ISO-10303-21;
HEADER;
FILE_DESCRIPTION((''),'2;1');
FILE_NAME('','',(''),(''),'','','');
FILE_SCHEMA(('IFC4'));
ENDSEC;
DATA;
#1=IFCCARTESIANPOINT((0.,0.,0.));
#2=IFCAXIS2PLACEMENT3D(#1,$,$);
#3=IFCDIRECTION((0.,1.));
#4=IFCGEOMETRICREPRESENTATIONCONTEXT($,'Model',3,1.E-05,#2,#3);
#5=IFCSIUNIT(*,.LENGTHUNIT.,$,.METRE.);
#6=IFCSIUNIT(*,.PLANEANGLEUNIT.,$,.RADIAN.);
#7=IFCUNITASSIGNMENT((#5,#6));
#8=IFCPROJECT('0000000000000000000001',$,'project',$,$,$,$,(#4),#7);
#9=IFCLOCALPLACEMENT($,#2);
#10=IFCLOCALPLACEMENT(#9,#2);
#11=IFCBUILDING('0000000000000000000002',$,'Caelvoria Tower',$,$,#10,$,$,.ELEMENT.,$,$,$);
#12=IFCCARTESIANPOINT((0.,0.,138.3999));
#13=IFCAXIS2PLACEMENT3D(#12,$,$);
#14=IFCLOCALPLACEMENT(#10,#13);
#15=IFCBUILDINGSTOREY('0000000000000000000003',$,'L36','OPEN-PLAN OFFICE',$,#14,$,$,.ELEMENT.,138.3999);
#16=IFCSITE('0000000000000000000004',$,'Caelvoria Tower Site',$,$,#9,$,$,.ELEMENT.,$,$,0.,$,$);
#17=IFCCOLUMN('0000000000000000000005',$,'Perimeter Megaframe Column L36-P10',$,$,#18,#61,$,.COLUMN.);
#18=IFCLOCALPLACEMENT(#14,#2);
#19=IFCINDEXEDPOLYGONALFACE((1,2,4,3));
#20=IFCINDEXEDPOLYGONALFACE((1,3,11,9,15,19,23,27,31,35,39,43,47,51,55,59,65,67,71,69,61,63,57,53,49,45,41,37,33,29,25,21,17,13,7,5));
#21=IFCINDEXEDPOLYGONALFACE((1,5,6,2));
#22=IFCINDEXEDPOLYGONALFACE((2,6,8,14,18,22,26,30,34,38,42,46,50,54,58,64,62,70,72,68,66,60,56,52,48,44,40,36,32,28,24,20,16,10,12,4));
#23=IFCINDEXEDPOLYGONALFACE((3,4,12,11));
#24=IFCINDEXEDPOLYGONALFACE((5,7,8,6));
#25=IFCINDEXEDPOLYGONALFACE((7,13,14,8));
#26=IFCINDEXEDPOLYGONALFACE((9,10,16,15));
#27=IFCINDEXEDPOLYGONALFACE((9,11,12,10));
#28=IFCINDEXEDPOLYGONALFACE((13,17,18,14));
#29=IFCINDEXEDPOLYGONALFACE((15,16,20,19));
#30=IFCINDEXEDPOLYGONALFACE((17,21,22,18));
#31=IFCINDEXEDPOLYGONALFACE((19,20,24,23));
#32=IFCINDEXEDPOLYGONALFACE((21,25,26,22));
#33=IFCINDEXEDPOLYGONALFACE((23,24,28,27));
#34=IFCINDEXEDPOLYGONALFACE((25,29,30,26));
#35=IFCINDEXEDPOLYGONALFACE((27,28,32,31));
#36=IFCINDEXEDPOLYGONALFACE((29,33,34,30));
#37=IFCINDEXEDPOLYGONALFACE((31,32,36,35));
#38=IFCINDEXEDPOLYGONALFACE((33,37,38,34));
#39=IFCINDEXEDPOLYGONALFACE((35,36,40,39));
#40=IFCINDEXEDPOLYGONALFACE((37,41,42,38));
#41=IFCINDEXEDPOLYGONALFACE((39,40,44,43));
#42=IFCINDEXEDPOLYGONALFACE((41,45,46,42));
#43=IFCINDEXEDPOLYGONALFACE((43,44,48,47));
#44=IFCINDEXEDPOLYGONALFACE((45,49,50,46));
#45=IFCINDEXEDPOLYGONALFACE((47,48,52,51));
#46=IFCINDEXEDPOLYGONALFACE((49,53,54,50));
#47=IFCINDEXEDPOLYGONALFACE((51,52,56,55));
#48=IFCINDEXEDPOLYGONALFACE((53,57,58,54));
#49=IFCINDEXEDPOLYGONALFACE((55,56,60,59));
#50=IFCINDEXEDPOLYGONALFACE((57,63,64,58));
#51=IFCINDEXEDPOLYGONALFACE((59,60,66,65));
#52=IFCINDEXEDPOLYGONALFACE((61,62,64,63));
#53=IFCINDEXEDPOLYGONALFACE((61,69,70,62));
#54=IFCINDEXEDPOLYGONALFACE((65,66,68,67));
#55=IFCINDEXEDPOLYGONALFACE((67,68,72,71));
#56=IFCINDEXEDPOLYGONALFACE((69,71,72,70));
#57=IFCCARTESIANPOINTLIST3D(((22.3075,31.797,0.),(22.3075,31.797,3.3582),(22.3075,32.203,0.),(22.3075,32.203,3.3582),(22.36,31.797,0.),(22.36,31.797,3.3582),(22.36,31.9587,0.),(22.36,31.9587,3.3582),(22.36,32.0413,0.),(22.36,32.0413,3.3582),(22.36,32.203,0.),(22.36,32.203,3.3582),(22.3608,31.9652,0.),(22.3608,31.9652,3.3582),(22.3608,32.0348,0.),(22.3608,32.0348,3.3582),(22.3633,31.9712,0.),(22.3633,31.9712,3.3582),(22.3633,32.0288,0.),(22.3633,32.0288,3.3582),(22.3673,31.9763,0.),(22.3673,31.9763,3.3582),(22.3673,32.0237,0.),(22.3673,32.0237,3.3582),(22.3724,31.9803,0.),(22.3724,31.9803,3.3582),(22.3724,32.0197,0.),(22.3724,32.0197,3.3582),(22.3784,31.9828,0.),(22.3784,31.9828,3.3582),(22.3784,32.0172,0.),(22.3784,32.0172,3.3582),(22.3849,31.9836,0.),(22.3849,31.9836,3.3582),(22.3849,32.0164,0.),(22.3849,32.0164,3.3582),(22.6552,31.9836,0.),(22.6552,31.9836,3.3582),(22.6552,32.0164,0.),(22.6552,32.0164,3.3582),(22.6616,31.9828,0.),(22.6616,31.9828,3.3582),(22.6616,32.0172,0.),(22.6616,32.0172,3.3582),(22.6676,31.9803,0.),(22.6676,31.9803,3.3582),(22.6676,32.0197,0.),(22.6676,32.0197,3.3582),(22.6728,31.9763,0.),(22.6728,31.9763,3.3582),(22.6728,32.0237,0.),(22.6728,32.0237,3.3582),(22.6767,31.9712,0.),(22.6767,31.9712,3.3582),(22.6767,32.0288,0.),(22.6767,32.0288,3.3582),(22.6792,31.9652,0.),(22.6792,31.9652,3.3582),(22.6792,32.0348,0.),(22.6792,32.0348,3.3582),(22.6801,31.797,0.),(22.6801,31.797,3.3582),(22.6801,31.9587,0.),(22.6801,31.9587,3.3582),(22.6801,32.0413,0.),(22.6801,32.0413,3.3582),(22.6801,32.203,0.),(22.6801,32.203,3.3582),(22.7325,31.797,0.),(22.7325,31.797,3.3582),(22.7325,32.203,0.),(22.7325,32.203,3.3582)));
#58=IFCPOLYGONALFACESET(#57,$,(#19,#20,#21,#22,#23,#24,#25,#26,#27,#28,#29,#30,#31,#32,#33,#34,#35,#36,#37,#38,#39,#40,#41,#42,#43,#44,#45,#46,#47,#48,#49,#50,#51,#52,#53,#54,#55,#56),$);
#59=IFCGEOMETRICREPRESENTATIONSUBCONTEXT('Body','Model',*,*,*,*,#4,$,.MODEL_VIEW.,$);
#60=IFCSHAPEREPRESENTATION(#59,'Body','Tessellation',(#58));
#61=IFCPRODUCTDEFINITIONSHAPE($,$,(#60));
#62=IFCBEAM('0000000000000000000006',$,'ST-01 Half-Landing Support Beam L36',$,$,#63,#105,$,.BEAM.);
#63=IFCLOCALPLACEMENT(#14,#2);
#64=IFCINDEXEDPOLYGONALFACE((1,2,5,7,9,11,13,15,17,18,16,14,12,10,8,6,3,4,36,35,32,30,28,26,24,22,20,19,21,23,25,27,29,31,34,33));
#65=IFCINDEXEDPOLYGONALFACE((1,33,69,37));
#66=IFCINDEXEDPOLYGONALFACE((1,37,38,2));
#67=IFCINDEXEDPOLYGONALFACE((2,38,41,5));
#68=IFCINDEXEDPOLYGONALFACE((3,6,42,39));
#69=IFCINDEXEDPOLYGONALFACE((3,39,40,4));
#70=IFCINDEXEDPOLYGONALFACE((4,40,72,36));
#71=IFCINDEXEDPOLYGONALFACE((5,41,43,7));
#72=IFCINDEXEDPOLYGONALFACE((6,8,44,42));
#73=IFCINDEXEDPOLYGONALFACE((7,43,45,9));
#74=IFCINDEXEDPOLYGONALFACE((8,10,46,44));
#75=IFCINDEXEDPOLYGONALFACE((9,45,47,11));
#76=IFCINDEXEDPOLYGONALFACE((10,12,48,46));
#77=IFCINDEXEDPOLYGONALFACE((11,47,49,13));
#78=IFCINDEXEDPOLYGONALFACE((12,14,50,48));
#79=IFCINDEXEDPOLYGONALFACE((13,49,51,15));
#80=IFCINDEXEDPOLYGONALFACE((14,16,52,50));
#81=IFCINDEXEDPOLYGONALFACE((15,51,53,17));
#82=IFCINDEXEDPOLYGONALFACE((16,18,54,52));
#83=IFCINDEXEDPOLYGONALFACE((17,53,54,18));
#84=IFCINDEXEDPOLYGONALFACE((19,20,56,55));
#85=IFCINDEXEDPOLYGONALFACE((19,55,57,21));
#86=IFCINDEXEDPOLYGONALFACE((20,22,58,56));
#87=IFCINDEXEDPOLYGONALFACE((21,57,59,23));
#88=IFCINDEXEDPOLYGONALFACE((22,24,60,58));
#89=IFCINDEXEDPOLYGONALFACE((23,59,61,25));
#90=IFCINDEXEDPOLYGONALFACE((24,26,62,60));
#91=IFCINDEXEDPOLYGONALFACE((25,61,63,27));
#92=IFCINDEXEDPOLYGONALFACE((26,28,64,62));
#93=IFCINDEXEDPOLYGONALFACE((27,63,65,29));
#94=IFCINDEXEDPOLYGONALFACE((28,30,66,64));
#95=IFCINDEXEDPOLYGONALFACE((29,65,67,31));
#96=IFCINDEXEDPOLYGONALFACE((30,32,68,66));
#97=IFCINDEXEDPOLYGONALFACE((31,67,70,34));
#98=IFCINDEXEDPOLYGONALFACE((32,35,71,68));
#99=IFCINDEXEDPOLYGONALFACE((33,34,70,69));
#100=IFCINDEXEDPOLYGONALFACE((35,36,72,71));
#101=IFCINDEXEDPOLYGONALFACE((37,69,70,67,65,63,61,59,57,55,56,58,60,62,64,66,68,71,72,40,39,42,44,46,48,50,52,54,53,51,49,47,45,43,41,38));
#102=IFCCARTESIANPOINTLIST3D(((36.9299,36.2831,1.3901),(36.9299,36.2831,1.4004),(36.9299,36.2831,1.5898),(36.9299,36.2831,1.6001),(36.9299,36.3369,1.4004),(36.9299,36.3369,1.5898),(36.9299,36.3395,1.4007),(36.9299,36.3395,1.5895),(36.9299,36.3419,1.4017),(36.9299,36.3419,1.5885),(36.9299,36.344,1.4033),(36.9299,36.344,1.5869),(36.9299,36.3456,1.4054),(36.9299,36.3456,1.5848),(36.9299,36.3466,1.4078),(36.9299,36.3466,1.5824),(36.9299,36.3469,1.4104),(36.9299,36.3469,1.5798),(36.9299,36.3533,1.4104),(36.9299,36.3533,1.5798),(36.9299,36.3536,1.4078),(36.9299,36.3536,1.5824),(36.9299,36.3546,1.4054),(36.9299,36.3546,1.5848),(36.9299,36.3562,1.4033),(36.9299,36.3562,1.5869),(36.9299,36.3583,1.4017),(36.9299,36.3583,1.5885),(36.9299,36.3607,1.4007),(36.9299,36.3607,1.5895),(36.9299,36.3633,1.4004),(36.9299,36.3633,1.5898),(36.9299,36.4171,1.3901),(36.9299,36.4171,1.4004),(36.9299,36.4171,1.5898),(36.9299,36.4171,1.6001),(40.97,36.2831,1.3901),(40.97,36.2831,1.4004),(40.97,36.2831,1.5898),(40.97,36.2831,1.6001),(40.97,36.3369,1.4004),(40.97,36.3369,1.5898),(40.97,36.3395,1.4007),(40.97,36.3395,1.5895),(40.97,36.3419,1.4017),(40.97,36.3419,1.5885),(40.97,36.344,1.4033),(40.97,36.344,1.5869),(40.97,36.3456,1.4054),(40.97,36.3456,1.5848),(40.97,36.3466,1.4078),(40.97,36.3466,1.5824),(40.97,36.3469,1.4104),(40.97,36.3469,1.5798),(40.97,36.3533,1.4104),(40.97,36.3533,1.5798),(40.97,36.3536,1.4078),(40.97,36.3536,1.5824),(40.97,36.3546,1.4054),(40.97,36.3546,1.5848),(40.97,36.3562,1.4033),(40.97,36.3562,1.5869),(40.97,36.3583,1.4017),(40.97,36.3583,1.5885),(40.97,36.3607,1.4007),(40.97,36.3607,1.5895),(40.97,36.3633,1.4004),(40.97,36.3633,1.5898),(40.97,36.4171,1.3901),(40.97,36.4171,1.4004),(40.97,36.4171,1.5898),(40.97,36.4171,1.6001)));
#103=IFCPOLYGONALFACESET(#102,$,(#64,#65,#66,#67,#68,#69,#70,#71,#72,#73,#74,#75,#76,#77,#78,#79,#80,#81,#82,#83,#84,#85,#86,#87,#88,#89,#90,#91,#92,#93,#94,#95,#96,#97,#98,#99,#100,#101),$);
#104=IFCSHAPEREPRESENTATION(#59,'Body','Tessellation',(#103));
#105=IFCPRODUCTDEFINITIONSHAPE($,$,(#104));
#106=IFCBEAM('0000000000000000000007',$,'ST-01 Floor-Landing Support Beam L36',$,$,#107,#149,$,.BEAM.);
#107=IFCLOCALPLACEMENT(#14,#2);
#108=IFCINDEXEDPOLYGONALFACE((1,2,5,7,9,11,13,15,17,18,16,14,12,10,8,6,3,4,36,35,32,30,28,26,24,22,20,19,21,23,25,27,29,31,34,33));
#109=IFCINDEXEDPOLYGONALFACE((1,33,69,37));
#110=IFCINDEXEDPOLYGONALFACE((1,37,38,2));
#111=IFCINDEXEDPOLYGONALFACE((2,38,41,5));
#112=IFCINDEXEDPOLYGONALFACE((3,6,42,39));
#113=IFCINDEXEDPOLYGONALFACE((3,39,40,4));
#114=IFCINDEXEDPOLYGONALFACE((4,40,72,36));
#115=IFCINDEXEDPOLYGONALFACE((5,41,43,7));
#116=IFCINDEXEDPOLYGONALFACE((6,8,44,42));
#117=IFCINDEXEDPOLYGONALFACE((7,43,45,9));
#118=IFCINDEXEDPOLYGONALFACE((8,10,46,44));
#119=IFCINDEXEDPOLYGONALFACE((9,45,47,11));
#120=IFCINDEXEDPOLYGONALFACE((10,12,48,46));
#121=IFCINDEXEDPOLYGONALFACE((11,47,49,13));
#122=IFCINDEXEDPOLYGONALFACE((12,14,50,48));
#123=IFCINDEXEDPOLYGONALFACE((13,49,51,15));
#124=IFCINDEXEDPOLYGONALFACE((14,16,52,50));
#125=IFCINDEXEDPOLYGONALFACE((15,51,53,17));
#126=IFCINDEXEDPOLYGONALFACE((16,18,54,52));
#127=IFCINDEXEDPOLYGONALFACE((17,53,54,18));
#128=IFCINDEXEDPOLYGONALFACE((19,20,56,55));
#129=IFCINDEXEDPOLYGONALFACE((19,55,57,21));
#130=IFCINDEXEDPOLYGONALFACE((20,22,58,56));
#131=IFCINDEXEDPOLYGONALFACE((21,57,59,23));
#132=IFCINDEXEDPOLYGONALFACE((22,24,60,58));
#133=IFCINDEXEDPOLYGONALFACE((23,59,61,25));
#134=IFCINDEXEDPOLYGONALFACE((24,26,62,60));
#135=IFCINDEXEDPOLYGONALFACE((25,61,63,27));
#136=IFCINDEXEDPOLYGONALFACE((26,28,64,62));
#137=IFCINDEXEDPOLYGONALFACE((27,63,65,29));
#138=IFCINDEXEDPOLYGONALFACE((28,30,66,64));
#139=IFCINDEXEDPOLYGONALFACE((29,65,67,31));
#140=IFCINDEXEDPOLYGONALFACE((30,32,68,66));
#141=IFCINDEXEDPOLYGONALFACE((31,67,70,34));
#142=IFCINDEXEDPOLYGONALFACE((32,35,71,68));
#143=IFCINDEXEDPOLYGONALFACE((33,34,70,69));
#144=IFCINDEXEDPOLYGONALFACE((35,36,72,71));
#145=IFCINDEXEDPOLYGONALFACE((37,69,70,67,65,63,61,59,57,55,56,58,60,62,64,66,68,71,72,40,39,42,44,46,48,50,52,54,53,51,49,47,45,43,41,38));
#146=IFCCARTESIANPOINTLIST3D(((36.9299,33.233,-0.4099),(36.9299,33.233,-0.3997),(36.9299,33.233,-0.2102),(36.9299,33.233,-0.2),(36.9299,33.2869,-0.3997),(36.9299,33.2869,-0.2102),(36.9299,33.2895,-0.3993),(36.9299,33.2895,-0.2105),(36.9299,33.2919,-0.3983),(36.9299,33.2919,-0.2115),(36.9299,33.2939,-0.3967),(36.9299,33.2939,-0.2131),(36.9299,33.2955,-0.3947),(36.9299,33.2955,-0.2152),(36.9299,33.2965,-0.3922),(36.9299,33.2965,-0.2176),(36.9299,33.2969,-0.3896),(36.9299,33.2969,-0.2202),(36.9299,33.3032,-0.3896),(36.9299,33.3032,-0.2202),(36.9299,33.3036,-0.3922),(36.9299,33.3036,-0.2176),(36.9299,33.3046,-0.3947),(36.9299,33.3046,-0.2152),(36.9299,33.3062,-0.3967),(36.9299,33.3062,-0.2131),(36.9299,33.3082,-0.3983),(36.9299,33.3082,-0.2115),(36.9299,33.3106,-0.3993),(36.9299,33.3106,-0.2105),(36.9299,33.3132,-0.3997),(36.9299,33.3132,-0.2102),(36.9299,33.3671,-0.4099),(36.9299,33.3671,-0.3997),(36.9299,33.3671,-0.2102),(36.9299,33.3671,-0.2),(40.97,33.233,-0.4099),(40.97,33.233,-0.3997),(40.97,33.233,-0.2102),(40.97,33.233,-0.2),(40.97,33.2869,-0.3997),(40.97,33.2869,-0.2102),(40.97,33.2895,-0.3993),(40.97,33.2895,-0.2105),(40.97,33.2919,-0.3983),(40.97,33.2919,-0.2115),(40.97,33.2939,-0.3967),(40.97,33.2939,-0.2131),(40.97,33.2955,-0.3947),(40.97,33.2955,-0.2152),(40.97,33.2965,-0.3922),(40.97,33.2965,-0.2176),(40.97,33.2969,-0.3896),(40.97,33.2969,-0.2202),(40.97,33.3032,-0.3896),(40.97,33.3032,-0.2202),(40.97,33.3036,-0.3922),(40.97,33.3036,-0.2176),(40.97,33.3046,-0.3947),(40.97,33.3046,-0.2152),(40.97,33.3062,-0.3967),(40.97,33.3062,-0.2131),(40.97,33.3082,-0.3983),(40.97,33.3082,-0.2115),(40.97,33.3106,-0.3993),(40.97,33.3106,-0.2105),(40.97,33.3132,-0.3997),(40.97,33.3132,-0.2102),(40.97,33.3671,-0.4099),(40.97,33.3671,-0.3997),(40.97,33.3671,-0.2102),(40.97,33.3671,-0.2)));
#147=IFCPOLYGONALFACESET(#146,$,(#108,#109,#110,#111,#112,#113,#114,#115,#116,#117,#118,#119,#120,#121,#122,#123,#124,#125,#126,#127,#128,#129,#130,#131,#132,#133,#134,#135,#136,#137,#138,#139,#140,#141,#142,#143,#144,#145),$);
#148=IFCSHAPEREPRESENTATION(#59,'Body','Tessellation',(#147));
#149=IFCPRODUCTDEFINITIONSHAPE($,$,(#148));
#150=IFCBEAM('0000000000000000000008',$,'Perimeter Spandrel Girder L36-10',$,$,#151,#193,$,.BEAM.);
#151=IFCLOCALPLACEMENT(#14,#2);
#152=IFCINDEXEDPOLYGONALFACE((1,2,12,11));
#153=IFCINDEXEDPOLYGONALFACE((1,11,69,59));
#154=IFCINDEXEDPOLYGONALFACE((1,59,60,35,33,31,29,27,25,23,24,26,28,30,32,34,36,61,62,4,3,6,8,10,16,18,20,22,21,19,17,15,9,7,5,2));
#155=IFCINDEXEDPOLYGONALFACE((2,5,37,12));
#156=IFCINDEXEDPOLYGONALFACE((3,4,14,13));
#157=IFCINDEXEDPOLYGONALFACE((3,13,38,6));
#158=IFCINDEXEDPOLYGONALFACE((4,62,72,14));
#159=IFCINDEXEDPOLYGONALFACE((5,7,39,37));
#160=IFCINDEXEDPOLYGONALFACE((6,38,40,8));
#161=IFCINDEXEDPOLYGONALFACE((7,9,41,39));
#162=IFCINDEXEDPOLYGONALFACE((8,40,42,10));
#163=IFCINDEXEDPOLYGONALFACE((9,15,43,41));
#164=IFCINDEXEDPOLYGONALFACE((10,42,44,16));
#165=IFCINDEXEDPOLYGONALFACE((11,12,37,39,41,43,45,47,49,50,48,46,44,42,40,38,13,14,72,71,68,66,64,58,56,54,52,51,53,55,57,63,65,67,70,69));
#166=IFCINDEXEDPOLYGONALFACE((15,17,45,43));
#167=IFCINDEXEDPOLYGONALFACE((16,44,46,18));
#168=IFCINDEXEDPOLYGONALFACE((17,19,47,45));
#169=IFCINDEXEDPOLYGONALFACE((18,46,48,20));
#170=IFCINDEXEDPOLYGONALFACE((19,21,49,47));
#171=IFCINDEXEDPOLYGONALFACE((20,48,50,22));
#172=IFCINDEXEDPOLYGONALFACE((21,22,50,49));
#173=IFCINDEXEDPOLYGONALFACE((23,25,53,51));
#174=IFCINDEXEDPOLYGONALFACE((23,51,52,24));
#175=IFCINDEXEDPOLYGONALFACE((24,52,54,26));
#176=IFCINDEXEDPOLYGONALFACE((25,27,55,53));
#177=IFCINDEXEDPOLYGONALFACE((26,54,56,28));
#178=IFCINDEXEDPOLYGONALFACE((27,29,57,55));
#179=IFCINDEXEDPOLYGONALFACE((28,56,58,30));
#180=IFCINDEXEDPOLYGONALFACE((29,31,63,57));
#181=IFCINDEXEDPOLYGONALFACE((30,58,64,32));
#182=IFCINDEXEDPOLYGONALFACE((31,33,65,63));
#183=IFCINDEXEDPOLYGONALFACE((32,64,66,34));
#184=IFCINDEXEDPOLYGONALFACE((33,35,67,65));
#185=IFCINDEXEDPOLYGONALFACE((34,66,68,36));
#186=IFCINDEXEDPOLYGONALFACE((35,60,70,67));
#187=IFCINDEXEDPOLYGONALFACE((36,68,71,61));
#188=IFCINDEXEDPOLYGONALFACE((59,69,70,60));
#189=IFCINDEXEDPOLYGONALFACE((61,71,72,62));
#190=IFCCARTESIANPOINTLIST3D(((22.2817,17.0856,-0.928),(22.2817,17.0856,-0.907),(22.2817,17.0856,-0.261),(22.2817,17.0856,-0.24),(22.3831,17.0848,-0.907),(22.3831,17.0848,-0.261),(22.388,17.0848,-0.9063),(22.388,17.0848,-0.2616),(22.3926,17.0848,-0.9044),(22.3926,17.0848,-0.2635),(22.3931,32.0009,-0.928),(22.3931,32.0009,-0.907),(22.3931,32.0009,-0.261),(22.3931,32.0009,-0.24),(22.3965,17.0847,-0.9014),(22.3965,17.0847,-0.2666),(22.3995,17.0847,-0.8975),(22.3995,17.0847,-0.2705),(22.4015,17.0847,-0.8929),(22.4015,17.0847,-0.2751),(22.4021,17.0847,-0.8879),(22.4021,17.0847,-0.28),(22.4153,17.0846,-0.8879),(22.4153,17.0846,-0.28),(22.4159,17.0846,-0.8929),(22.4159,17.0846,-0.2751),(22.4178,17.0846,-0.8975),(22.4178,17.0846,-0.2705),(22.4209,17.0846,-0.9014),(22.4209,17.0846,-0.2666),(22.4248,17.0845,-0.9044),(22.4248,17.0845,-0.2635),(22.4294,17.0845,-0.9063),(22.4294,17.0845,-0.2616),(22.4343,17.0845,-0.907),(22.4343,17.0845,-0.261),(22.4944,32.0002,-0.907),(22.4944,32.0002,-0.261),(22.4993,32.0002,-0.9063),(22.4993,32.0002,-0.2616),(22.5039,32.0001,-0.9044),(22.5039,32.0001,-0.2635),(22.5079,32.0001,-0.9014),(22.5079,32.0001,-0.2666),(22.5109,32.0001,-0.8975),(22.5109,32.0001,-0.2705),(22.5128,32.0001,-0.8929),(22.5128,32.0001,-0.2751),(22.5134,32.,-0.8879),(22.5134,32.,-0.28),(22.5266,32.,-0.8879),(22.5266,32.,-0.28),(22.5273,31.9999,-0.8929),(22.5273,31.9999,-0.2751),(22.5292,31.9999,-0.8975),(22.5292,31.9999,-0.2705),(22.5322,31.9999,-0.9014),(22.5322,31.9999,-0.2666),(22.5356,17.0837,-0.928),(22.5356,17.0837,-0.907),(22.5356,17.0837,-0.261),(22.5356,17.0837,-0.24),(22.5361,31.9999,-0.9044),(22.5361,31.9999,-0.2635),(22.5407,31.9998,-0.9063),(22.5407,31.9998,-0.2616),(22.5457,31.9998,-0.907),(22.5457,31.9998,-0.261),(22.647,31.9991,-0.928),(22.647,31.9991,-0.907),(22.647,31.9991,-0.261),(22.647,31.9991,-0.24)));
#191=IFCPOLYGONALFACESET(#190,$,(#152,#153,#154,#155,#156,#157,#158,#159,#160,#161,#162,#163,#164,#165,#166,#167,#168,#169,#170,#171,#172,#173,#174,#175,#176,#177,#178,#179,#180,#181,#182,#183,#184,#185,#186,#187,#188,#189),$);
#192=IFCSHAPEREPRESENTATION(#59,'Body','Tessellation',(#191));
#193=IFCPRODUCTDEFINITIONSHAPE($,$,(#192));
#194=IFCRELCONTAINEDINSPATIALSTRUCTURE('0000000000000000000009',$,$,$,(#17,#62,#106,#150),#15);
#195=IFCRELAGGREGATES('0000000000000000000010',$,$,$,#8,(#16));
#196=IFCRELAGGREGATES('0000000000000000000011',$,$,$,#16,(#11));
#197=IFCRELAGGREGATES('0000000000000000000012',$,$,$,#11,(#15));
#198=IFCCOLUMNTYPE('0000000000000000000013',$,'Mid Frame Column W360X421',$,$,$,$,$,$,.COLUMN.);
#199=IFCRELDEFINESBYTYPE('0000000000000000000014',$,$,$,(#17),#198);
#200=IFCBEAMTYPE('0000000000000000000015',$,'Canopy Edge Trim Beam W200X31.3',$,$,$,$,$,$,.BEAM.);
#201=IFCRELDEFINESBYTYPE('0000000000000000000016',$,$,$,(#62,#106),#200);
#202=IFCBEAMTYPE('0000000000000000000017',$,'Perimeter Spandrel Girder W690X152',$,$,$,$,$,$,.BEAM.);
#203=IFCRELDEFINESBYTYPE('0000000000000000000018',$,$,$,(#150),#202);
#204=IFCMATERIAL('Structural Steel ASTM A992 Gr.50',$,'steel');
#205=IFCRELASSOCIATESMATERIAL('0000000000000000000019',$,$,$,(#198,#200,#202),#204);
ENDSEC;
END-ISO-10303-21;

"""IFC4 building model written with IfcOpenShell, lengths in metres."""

from ifc_helpers import new_model, si_unit, direction, frame, origin, origin_2d, place, context, subcontext, project, spatial, i_section, extrude, material, material_profile, profile_set, type_object, element, save


model = new_model("IFC4")

# Units and contexts
model_context = context("Model", 3, precision=1e-05, world=origin(), true_north=direction((0.0, 1.0)))
body_context = subcontext(model_context, "Body", "Model", "MODEL_VIEW")
ifc_project = project(units=[si_unit("LENGTHUNIT", "METRE"), si_unit("PLANEANGLEUNIT", "RADIAN")], contexts=[model_context])

# Site, building, storey
site_placement = place(None, origin())
site = spatial("IfcSite", under=ifc_project, at=site_placement, Name="Caelvoria Tower Site", CompositionType="ELEMENT", RefElevation=0.0)
building_placement = place(site_placement, origin())
building = spatial("IfcBuilding", under=site, at=building_placement, Name="Caelvoria Tower", CompositionType="ELEMENT")
storey_placement = place(building_placement, frame((0.0, 0.0, 138.3999)))
storey = spatial("IfcBuildingStorey", under=building, at=storey_placement, Name="L36", Description="OPEN-PLAN OFFICE", CompositionType="ELEMENT", Elevation=138.3999)

# Column
ifc_material_1 = material(Name="Structural Steel ASTM A992 Gr.50", Category="steel")
ifc_material_profile_1 = material_profile(ifc_material_1, i_section(OverallWidth=0.406, OverallDepth=0.425, WebThickness=0.0327, FlangeThickness=0.0525, FilletRadius=0.0249, at=origin_2d()), Name="Structural Steel ASTM A992 Gr.50")
ifc_profile_set_1 = profile_set([ifc_material_profile_1], Name="W360X421 - Structural Steel ASTM A992 Gr.50")
column_type = type_object("IfcColumnType", Name="Mid Frame Column W360X421", PredefinedType="COLUMN", material=ifc_profile_set_1)
column_placement = place(storey_placement, frame((22.52, 32.0, 0.0), z_axis=(0.0, 0.0, 1.0), x_axis=(0.0, 1.0, 0.0)))
element("IfcColumn", 1, at=column_placement, inside=storey, type_object=column_type, Name="Perimeter Megaframe Column L36-P10", PredefinedType="COLUMN", context=body_context, shape_type="SweptSolid", body=[
    extrude(i_section(OverallWidth=0.406, OverallDepth=0.425, WebThickness=0.0327, FlangeThickness=0.0525, FilletRadius=0.0249, at=origin_2d()), origin(), (0.0, 0.0, 1.0), 3.3582),
])

# Beams
ifc_material_profile_2 = material_profile(ifc_material_1, i_section(OverallWidth=0.134, OverallDepth=0.21, WebThickness=0.0063, FlangeThickness=0.0103, FilletRadius=0.01, at=origin_2d()), Name="Structural Steel ASTM A992 Gr.50")
ifc_profile_set_2 = profile_set([ifc_material_profile_2], Name="W200X31.3 - Structural Steel ASTM A992 Gr.50")
beam_type_1 = type_object("IfcBeamType", Name="Canopy Edge Trim Beam W200X31.3", PredefinedType="BEAM", material=ifc_profile_set_2)
for number, where, z_axis, x_axis, name in (
    (2, (36.9299, 36.3501, 1.4951), (1.0, 0.0, 0.0), (0.0, 1.0, 0.0), "ST-01 Half-Landing Support Beam L36"),
    (3, (36.9299, 33.3, -0.3049), (1.0, 0.0, 0.0), (0.0, 1.0, 0.0), "ST-01 Floor-Landing Support Beam L36"),
):
    element("IfcBeam", number, at=place(storey_placement, frame(where, z_axis=z_axis, x_axis=x_axis)), inside=storey, type_object=beam_type_1, Name=name, PredefinedType="BEAM", context=body_context, shape_type="SweptSolid", body=[
        extrude(i_section(OverallWidth=0.134, OverallDepth=0.21, WebThickness=0.0063, FlangeThickness=0.0103, FilletRadius=0.01, at=origin_2d()), origin(), (0.0, 0.0, 1.0), 4.04),
    ])
ifc_material_profile_3 = material_profile(ifc_material_1, i_section(OverallWidth=0.2539, OverallDepth=0.688, WebThickness=0.0132, FlangeThickness=0.021, FilletRadius=0.019, at=origin_2d()), Name="Structural Steel ASTM A992 Gr.50")
ifc_profile_set_3 = profile_set([ifc_material_profile_3], Name="W690X152 - Structural Steel ASTM A992 Gr.50")
beam_type_2 = type_object("IfcBeamType", Name="Perimeter Spandrel Girder W690X152", PredefinedType="BEAM", material=ifc_profile_set_3)
beam_1_placement = place(storey_placement, frame((22.52, 32.0, -0.584), z_axis=(-0.007464, -0.999972, 0.0), x_axis=(0.999972, -0.007464, 0.0)))
element("IfcBeam", 4, at=beam_1_placement, inside=storey, type_object=beam_type_2, Name="Perimeter Spandrel Girder L36-10", PredefinedType="BEAM", context=body_context, shape_type="SweptSolid", body=[
    extrude(i_section(OverallWidth=0.2539, OverallDepth=0.688, WebThickness=0.0132, FlangeThickness=0.021, FilletRadius=0.019, at=origin_2d()), origin(), (0.0, 0.0, 1.0), 14.9158),
])

save(model, "model.ifc")
